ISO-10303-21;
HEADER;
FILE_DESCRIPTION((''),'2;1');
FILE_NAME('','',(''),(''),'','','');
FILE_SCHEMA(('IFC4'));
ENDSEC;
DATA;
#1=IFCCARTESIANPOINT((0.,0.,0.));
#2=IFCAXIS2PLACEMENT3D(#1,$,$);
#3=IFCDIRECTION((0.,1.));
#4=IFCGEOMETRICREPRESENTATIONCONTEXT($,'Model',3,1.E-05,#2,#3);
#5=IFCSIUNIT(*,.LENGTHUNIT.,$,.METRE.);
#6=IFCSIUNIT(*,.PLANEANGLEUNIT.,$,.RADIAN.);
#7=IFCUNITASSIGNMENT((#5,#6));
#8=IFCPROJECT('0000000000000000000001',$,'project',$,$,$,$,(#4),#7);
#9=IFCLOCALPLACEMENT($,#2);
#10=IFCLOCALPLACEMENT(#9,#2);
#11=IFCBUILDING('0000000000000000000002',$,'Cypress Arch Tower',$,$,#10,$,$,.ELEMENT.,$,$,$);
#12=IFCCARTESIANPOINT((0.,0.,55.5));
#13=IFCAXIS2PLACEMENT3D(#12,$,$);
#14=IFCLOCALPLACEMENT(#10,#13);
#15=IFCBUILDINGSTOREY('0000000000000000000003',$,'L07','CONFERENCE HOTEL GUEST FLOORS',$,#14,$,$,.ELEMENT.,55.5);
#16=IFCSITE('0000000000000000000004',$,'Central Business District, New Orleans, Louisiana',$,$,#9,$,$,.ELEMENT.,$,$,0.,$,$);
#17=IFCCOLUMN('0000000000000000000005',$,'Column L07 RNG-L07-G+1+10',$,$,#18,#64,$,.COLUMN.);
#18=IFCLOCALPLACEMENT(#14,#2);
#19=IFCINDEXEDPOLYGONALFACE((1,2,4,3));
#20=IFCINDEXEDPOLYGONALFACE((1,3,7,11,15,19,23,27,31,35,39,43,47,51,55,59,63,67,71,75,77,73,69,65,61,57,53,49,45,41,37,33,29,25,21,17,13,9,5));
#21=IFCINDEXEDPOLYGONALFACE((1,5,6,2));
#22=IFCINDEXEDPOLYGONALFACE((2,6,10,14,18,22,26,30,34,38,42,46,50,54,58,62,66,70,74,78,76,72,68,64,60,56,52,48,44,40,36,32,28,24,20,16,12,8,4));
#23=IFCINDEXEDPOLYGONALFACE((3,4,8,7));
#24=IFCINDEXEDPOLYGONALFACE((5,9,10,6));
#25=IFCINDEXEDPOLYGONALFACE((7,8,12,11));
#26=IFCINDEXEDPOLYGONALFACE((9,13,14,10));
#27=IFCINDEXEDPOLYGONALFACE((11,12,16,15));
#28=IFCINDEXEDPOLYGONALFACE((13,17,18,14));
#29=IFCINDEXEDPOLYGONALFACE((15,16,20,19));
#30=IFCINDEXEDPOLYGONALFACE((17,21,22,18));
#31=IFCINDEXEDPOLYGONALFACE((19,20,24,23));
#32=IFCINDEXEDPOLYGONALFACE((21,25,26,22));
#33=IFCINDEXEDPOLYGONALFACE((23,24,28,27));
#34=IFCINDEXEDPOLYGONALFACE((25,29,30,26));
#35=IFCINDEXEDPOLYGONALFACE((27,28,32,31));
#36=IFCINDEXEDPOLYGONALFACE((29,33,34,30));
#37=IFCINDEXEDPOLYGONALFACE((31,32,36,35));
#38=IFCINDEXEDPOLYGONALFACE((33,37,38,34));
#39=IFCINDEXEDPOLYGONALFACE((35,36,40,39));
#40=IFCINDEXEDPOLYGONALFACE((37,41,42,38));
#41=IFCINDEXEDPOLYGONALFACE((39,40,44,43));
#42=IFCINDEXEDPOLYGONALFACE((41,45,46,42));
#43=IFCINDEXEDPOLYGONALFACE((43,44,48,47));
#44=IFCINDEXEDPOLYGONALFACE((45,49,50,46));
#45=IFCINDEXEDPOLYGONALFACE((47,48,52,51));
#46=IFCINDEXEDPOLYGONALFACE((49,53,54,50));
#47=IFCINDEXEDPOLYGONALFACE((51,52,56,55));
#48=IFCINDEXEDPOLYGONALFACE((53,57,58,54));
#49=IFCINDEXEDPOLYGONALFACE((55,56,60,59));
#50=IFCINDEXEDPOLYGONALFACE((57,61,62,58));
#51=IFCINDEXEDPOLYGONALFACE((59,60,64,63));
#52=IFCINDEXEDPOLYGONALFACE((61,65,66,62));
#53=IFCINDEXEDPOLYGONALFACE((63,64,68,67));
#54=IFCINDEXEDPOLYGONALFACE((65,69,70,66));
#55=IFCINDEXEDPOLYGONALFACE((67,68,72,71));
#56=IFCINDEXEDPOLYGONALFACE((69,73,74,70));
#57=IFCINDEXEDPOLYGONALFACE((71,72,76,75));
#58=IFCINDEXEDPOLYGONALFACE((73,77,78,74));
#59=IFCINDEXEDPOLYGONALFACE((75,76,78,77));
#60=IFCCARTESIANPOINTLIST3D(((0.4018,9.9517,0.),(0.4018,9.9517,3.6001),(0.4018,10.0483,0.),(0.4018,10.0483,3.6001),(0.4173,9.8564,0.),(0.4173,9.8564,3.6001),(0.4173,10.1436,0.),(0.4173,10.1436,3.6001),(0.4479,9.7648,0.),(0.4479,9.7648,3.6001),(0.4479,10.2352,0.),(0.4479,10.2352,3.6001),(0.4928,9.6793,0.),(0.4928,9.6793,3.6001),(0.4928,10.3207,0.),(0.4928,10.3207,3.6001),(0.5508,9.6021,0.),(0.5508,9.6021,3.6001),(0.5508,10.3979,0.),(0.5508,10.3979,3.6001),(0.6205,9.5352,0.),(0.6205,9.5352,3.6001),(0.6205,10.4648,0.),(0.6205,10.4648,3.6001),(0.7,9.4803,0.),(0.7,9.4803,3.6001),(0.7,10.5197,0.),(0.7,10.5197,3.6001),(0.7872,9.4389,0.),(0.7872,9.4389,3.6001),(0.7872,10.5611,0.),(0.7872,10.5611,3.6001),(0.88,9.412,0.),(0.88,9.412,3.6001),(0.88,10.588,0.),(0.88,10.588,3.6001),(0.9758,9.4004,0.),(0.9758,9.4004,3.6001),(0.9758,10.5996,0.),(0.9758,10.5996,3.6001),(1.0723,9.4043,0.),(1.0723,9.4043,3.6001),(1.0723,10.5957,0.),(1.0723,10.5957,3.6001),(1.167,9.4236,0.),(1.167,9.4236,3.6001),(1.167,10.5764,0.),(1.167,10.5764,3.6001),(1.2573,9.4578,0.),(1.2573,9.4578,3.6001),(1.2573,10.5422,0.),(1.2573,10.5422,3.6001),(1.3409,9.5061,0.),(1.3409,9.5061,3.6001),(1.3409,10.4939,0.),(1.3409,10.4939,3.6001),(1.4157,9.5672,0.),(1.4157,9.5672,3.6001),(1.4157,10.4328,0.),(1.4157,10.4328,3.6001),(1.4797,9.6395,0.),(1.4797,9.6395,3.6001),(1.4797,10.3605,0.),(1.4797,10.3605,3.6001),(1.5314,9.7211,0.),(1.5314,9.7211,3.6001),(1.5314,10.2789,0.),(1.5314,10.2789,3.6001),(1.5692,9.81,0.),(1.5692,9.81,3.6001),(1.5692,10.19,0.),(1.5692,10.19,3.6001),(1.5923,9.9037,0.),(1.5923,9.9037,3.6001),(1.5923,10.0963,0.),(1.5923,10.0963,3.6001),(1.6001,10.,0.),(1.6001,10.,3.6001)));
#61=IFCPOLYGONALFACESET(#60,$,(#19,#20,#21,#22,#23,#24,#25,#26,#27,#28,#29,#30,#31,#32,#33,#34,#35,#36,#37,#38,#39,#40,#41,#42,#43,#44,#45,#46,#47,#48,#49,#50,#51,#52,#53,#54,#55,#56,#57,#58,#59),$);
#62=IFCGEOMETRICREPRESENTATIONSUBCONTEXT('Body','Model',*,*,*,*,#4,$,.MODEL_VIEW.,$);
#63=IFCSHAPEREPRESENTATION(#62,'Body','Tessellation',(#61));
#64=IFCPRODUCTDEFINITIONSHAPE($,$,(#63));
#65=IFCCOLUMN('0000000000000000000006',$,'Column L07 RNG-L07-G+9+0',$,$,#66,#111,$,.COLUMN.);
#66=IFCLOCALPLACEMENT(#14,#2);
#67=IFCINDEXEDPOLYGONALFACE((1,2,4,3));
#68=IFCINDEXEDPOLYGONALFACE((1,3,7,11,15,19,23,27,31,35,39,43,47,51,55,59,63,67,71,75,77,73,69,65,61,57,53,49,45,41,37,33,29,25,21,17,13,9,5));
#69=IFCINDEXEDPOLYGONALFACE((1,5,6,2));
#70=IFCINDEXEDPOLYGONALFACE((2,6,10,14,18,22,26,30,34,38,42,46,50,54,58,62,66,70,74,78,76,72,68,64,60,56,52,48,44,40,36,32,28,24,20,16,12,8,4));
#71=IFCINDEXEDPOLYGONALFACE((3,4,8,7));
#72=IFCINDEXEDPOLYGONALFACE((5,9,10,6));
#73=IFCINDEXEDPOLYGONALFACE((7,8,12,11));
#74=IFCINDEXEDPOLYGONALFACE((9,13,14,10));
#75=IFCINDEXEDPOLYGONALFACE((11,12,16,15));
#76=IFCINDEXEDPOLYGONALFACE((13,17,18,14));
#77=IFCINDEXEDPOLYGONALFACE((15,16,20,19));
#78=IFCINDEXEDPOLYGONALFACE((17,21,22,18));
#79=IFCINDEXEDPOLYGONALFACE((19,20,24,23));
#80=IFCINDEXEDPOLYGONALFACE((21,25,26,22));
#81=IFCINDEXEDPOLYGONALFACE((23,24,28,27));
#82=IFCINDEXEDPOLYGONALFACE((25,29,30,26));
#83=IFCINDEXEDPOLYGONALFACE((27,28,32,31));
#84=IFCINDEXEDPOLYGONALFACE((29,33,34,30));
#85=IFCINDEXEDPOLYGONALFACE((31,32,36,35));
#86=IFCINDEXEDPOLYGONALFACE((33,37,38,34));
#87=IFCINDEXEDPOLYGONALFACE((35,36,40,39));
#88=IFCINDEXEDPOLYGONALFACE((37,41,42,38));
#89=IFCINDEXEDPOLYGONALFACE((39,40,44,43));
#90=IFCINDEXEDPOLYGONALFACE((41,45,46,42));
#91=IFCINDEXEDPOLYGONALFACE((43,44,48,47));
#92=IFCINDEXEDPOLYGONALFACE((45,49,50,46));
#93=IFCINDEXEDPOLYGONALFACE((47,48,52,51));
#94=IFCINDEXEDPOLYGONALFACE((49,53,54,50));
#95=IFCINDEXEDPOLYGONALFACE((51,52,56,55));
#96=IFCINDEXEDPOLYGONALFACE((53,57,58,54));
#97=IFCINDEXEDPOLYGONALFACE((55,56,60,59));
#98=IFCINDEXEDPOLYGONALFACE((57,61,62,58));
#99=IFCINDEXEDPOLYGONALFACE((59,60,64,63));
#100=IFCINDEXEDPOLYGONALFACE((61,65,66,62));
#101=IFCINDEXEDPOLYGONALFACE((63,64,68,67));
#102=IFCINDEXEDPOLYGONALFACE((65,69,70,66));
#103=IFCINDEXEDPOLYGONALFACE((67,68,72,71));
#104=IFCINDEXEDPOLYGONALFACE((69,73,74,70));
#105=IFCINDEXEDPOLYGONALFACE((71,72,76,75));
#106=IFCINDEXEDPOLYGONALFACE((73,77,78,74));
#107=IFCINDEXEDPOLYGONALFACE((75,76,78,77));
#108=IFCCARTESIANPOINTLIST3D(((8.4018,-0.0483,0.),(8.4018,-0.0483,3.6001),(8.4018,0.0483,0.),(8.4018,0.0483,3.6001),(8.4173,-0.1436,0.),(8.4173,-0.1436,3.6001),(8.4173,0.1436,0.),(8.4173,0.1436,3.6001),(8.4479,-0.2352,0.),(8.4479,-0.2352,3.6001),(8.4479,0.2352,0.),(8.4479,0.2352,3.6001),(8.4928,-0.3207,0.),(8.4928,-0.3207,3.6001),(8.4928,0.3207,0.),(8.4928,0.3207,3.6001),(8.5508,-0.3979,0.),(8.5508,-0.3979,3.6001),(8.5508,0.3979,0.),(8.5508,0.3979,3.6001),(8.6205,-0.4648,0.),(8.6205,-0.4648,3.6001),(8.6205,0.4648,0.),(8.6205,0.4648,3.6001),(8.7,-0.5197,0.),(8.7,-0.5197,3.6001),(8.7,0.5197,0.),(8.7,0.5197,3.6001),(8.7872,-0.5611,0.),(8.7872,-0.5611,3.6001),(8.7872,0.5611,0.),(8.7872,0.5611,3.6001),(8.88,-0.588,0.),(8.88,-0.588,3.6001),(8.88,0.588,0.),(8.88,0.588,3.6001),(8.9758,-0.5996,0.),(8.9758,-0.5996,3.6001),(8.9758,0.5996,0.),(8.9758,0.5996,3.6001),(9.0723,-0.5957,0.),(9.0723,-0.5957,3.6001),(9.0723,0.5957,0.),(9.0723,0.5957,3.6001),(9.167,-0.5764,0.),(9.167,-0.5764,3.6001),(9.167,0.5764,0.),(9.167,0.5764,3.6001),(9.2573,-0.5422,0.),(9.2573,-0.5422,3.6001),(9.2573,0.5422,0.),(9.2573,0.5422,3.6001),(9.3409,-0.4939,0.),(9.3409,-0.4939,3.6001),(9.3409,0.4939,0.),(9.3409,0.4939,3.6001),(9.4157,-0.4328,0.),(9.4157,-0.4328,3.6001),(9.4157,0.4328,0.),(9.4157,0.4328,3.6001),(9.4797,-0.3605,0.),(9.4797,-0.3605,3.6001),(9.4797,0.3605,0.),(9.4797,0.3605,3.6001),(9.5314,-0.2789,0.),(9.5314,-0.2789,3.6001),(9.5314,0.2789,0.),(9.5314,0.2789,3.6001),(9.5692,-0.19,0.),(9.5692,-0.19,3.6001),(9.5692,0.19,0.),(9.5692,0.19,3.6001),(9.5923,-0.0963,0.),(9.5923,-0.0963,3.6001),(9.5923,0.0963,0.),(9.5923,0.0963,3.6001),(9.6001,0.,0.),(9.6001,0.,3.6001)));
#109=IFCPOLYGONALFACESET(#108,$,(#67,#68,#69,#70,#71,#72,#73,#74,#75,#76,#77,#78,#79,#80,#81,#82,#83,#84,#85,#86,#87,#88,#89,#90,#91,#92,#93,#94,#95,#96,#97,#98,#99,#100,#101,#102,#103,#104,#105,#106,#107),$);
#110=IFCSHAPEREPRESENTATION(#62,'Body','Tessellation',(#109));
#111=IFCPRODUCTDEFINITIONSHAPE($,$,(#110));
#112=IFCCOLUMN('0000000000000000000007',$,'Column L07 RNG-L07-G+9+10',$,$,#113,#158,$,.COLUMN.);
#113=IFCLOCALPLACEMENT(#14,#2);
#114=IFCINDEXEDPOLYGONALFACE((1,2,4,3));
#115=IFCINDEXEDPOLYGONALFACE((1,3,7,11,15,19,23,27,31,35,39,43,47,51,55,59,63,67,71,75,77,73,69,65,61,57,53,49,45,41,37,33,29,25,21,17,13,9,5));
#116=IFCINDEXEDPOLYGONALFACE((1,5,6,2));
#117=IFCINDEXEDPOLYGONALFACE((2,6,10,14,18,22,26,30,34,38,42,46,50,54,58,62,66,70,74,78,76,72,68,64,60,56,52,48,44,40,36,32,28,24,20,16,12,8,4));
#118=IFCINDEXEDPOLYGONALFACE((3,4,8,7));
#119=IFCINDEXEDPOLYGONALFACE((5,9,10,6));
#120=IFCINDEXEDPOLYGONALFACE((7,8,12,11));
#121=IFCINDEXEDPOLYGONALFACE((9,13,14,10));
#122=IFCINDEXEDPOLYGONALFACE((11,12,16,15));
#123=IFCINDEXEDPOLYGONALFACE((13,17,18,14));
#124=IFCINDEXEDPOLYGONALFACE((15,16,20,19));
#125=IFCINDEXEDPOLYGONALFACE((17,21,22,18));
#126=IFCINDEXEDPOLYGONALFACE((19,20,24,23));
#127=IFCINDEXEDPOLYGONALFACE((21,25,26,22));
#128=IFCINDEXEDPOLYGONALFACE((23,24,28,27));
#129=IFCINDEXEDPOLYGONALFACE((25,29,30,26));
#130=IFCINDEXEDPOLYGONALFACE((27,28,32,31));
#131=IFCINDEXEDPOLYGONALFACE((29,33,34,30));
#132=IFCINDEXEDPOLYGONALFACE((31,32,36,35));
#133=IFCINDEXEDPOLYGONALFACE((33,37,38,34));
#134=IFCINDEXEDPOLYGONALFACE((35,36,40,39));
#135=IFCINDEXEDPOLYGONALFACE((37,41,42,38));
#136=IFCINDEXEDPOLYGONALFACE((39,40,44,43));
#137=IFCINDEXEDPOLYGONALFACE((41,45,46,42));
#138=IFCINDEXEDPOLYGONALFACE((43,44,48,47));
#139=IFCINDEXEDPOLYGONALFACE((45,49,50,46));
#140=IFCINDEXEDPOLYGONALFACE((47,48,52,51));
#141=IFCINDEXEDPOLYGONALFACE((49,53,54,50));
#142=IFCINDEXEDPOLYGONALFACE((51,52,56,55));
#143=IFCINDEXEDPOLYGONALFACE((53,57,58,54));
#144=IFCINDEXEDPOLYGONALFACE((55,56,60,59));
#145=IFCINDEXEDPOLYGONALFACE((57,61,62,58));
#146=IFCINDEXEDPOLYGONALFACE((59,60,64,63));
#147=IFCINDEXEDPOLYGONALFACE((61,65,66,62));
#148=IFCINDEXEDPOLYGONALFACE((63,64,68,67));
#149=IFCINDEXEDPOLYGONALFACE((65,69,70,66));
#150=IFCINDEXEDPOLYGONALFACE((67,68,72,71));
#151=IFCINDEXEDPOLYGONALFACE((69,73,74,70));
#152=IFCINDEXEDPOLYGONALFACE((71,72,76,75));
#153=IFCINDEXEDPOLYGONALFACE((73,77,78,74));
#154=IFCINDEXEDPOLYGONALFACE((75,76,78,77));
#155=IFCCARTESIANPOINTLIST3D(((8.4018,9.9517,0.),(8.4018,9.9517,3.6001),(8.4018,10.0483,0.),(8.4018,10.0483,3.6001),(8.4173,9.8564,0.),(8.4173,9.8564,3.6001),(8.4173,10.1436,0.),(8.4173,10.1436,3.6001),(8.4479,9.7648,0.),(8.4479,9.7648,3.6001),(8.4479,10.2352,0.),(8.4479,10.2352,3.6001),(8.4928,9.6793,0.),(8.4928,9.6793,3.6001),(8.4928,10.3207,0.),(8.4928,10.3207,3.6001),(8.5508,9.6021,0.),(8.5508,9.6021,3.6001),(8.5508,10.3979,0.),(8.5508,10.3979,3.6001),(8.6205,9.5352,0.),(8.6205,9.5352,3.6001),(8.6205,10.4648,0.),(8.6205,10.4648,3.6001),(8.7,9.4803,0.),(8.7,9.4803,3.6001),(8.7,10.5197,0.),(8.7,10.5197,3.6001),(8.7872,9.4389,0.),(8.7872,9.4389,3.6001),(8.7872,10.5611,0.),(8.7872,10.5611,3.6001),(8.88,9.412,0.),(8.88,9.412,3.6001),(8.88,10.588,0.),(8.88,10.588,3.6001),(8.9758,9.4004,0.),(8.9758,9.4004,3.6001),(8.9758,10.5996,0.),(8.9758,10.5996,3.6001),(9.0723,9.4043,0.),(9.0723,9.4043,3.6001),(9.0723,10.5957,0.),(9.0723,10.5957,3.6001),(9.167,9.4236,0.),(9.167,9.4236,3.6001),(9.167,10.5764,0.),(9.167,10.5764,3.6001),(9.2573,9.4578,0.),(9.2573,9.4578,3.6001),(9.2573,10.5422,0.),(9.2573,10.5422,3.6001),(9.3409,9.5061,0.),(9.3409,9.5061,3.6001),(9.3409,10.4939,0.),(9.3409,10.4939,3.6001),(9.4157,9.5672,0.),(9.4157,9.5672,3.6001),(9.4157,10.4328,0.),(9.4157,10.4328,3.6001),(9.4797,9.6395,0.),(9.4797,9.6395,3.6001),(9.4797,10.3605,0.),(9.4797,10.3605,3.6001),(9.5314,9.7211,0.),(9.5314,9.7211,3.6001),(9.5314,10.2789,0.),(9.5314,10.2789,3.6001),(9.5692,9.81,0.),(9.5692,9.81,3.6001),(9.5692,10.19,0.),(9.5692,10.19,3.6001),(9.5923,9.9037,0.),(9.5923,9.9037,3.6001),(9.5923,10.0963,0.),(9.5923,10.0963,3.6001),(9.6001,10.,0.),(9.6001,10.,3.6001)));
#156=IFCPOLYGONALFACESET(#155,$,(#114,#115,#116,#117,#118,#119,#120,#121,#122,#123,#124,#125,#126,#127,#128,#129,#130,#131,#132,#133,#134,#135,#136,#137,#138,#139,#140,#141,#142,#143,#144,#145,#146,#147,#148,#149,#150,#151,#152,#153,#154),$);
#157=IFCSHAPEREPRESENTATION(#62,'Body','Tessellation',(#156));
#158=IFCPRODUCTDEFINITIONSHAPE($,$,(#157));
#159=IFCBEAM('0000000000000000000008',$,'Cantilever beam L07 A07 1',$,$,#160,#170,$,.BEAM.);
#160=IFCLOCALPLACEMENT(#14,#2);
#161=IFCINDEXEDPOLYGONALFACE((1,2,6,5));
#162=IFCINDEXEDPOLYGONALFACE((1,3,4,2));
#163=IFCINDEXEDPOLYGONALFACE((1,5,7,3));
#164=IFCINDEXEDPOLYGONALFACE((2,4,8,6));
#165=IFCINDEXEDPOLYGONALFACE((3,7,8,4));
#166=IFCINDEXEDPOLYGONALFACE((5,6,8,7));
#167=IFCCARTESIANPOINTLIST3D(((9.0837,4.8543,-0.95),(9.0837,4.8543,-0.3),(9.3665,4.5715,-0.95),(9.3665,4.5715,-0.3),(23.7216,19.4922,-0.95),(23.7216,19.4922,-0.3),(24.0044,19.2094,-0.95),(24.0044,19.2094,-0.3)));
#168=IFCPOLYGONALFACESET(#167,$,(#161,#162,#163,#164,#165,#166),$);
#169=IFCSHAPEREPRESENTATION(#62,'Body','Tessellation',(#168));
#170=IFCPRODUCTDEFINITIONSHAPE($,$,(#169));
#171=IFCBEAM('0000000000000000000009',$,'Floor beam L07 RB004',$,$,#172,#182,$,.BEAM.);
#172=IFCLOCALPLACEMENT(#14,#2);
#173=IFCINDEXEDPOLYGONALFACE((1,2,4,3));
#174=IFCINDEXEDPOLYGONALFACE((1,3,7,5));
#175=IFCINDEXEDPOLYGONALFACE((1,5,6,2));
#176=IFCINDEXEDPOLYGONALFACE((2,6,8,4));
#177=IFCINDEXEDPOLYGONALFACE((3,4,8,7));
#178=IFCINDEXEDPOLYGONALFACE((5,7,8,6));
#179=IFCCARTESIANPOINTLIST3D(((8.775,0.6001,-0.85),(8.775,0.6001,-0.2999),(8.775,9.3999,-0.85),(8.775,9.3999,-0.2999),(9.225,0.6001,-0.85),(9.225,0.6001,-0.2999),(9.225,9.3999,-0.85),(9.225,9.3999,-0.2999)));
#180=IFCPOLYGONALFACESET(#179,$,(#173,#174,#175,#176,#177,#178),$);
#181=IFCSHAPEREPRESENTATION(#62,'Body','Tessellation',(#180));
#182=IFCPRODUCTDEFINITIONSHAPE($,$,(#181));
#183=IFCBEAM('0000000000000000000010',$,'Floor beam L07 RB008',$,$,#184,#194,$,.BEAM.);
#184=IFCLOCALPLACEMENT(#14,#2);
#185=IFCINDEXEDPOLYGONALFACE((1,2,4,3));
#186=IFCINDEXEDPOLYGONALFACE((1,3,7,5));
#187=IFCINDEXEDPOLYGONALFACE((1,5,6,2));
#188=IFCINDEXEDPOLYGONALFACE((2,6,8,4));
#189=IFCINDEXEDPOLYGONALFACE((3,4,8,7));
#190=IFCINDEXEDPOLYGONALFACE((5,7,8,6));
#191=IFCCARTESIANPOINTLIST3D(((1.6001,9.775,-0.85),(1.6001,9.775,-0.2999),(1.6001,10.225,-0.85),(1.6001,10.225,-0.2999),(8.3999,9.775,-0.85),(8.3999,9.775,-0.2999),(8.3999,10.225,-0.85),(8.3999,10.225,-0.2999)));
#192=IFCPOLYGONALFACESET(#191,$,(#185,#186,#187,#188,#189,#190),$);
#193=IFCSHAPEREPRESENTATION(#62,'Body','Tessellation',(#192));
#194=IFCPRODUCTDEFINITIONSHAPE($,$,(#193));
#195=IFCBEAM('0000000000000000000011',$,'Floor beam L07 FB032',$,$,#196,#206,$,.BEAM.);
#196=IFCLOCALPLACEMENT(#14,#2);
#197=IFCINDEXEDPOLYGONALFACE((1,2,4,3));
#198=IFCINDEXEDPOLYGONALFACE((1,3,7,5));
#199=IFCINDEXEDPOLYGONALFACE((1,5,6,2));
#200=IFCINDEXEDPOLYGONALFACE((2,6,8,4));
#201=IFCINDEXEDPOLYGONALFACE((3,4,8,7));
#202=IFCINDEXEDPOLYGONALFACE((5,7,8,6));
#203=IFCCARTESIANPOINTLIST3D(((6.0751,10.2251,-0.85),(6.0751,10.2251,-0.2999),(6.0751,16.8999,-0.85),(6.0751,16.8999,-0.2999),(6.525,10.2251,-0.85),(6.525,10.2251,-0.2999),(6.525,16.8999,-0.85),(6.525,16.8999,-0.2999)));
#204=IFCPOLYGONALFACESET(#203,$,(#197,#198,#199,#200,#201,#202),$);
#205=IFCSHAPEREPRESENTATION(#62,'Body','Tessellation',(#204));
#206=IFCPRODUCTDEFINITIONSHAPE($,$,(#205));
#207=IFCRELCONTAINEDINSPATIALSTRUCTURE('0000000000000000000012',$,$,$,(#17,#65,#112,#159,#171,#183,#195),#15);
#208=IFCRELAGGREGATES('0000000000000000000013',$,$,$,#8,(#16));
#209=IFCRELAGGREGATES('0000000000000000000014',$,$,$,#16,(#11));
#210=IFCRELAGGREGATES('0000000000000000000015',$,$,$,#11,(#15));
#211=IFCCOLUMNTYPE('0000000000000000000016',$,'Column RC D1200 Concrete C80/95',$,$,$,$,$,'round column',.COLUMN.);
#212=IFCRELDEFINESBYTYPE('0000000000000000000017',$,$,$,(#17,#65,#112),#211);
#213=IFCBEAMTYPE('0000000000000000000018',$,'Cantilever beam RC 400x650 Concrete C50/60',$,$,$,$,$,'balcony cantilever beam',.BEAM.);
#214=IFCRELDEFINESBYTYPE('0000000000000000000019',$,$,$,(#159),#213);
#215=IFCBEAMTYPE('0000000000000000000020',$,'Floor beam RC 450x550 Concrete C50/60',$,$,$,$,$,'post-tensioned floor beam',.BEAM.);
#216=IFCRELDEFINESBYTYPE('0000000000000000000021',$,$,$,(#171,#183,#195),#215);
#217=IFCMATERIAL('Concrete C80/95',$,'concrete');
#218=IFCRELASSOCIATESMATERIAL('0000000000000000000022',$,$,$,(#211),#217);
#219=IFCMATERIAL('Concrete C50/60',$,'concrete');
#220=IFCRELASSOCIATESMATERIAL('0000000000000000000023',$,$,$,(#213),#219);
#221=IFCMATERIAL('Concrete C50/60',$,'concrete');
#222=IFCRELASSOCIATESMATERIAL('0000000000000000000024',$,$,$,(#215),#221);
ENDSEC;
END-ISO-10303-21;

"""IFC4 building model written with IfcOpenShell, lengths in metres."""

from ifc_helpers import new_model, si_unit, direction, frame, origin, origin_2d, place, context, subcontext, project, spatial, rectangle, circle, extrude, material, material_profile, profile_set, type_object, element, save


model = new_model("IFC4")

# Units and contexts
model_context = context("Model", 3, precision=1e-05, world=origin(), true_north=direction((0.0, 1.0)))
body_context = subcontext(model_context, "Body", "Model", "MODEL_VIEW")
ifc_project = project(units=[si_unit("LENGTHUNIT", "METRE"), si_unit("PLANEANGLEUNIT", "RADIAN")], contexts=[model_context])

# Site, building, storey
site_placement = place(None, origin())
site = spatial("IfcSite", under=ifc_project, at=site_placement, Name="Central Business District, New Orleans, Louisiana", CompositionType="ELEMENT", RefElevation=0.0)
building_placement = place(site_placement, origin())
building = spatial("IfcBuilding", under=site, at=building_placement, Name="Cypress Arch Tower", CompositionType="ELEMENT")
storey_placement = place(building_placement, frame((0.0, 0.0, 55.5)))
storey = spatial("IfcBuildingStorey", under=building, at=storey_placement, Name="L07", Description="CONFERENCE HOTEL GUEST FLOORS", CompositionType="ELEMENT", Elevation=55.5)

# Columns
ifc_material_1 = material(Name="Concrete C80/95", Category="concrete")
ifc_material_profile_1 = material_profile(ifc_material_1, circle(Radius=0.6001, at=origin_2d()), Name="RC D1200")
ifc_profile_set_1 = profile_set([ifc_material_profile_1], Name="Concrete C80/95")
column_type = type_object("IfcColumnType", Name="Column RC D1200 Concrete C80/95", ElementType="round column", PredefinedType="COLUMN", material=ifc_profile_set_1)
for number, where, z_axis, x_axis, name in (
    (1, (1.0, 10.0, 0.0), (0.0, 0.0, 1.0), (1.0, 0.0, 0.0), "Column L07 RNG-L07-G+1+10"),
    (2, (9.0, 0.0, 0.0), (0.0, 0.0, 1.0), (1.0, 0.0, 0.0), "Column L07 RNG-L07-G+9+0"),
    (3, (9.0, 10.0, 0.0), (0.0, 0.0, 1.0), (1.0, 0.0, 0.0), "Column L07 RNG-L07-G+9+10"),
):
    element("IfcColumn", number, at=place(storey_placement, frame(where, z_axis=z_axis, x_axis=x_axis)), inside=storey, type_object=column_type, Name=name, PredefinedType="COLUMN", context=body_context, shape_type="SweptSolid", body=[
        extrude(circle(Radius=0.6001, at=origin_2d()), origin(), (0.0, 0.0, 1.0), 3.6001),
    ])

# Beams
ifc_material_2 = material(Name="Concrete C50/60", Category="concrete")
ifc_material_profile_2 = material_profile(ifc_material_2, rectangle(XDim=0.3999, YDim=0.6499, at=origin_2d()), Name="RC 400x650")
ifc_profile_set_2 = profile_set([ifc_material_profile_2], Name="Concrete C50/60")
beam_type_1 = type_object("IfcBeamType", Name="Cantilever beam RC 400x650 Concrete C50/60", ElementType="balcony cantilever beam", PredefinedType="BEAM", material=ifc_profile_set_2)
beam_1_placement = place(storey_placement, frame((9.2251, 4.7129, -0.625), z_axis=(0.707107, 0.707107, 0.0), x_axis=(-0.707107, 0.707107, 0.0)))
element("IfcBeam", 4, at=beam_1_placement, inside=storey, type_object=beam_type_1, Name="Cantilever beam L07 A07 1", PredefinedType="BEAM", context=body_context, shape_type="SweptSolid", body=[
    extrude(rectangle(XDim=0.3999, YDim=0.6499, at=origin_2d()), origin(), (0.0, 0.0, 1.0), 20.7012),
])
ifc_material_3 = material(Name="Concrete C50/60", Category="concrete")
ifc_material_profile_3 = material_profile(ifc_material_3, rectangle(XDim=0.45, YDim=0.55, at=origin_2d()), Name="RC 450x550")
ifc_profile_set_3 = profile_set([ifc_material_profile_3], Name="Concrete C50/60")
beam_type_2 = type_object("IfcBeamType", Name="Floor beam RC 450x550 Concrete C50/60", ElementType="post-tensioned floor beam", PredefinedType="BEAM", material=ifc_profile_set_3)
beam_2_placement = place(storey_placement, frame((9.0, 0.6001, -0.575), z_axis=(0.0, 1.0, 0.0), x_axis=(-1.0, 0.0, 0.0)))
element("IfcBeam", 5, at=beam_2_placement, inside=storey, type_object=beam_type_2, Name="Floor beam L07 RB004", PredefinedType="BEAM", context=body_context, shape_type="SweptSolid", body=[
    extrude(rectangle(XDim=0.45, YDim=0.55, at=origin_2d()), origin(), (0.0, 0.0, 1.0), 8.7998),
])
beam_3_placement = place(storey_placement, frame((1.6001, 10.0, -0.575), z_axis=(1.0, 0.0, 0.0), x_axis=(0.0, 1.0, 0.0)))
element("IfcBeam", 6, at=beam_3_placement, inside=storey, type_object=beam_type_2, Name="Floor beam L07 RB008", PredefinedType="BEAM", context=body_context, shape_type="SweptSolid", body=[
    extrude(rectangle(XDim=0.45, YDim=0.55, at=origin_2d()), origin(), (0.0, 0.0, 1.0), 6.7998),
])
beam_4_placement = place(storey_placement, frame((6.3, 10.2251, -0.575), z_axis=(0.0, 1.0, 0.0), x_axis=(-1.0, 0.0, 0.0)))
element("IfcBeam", 7, at=beam_4_placement, inside=storey, type_object=beam_type_2, Name="Floor beam L07 FB032", PredefinedType="BEAM", context=body_context, shape_type="SweptSolid", body=[
    extrude(rectangle(XDim=0.45, YDim=0.55, at=origin_2d()), origin(), (0.0, 0.0, 1.0), 6.6748),
])

save(model, "model.ifc")
